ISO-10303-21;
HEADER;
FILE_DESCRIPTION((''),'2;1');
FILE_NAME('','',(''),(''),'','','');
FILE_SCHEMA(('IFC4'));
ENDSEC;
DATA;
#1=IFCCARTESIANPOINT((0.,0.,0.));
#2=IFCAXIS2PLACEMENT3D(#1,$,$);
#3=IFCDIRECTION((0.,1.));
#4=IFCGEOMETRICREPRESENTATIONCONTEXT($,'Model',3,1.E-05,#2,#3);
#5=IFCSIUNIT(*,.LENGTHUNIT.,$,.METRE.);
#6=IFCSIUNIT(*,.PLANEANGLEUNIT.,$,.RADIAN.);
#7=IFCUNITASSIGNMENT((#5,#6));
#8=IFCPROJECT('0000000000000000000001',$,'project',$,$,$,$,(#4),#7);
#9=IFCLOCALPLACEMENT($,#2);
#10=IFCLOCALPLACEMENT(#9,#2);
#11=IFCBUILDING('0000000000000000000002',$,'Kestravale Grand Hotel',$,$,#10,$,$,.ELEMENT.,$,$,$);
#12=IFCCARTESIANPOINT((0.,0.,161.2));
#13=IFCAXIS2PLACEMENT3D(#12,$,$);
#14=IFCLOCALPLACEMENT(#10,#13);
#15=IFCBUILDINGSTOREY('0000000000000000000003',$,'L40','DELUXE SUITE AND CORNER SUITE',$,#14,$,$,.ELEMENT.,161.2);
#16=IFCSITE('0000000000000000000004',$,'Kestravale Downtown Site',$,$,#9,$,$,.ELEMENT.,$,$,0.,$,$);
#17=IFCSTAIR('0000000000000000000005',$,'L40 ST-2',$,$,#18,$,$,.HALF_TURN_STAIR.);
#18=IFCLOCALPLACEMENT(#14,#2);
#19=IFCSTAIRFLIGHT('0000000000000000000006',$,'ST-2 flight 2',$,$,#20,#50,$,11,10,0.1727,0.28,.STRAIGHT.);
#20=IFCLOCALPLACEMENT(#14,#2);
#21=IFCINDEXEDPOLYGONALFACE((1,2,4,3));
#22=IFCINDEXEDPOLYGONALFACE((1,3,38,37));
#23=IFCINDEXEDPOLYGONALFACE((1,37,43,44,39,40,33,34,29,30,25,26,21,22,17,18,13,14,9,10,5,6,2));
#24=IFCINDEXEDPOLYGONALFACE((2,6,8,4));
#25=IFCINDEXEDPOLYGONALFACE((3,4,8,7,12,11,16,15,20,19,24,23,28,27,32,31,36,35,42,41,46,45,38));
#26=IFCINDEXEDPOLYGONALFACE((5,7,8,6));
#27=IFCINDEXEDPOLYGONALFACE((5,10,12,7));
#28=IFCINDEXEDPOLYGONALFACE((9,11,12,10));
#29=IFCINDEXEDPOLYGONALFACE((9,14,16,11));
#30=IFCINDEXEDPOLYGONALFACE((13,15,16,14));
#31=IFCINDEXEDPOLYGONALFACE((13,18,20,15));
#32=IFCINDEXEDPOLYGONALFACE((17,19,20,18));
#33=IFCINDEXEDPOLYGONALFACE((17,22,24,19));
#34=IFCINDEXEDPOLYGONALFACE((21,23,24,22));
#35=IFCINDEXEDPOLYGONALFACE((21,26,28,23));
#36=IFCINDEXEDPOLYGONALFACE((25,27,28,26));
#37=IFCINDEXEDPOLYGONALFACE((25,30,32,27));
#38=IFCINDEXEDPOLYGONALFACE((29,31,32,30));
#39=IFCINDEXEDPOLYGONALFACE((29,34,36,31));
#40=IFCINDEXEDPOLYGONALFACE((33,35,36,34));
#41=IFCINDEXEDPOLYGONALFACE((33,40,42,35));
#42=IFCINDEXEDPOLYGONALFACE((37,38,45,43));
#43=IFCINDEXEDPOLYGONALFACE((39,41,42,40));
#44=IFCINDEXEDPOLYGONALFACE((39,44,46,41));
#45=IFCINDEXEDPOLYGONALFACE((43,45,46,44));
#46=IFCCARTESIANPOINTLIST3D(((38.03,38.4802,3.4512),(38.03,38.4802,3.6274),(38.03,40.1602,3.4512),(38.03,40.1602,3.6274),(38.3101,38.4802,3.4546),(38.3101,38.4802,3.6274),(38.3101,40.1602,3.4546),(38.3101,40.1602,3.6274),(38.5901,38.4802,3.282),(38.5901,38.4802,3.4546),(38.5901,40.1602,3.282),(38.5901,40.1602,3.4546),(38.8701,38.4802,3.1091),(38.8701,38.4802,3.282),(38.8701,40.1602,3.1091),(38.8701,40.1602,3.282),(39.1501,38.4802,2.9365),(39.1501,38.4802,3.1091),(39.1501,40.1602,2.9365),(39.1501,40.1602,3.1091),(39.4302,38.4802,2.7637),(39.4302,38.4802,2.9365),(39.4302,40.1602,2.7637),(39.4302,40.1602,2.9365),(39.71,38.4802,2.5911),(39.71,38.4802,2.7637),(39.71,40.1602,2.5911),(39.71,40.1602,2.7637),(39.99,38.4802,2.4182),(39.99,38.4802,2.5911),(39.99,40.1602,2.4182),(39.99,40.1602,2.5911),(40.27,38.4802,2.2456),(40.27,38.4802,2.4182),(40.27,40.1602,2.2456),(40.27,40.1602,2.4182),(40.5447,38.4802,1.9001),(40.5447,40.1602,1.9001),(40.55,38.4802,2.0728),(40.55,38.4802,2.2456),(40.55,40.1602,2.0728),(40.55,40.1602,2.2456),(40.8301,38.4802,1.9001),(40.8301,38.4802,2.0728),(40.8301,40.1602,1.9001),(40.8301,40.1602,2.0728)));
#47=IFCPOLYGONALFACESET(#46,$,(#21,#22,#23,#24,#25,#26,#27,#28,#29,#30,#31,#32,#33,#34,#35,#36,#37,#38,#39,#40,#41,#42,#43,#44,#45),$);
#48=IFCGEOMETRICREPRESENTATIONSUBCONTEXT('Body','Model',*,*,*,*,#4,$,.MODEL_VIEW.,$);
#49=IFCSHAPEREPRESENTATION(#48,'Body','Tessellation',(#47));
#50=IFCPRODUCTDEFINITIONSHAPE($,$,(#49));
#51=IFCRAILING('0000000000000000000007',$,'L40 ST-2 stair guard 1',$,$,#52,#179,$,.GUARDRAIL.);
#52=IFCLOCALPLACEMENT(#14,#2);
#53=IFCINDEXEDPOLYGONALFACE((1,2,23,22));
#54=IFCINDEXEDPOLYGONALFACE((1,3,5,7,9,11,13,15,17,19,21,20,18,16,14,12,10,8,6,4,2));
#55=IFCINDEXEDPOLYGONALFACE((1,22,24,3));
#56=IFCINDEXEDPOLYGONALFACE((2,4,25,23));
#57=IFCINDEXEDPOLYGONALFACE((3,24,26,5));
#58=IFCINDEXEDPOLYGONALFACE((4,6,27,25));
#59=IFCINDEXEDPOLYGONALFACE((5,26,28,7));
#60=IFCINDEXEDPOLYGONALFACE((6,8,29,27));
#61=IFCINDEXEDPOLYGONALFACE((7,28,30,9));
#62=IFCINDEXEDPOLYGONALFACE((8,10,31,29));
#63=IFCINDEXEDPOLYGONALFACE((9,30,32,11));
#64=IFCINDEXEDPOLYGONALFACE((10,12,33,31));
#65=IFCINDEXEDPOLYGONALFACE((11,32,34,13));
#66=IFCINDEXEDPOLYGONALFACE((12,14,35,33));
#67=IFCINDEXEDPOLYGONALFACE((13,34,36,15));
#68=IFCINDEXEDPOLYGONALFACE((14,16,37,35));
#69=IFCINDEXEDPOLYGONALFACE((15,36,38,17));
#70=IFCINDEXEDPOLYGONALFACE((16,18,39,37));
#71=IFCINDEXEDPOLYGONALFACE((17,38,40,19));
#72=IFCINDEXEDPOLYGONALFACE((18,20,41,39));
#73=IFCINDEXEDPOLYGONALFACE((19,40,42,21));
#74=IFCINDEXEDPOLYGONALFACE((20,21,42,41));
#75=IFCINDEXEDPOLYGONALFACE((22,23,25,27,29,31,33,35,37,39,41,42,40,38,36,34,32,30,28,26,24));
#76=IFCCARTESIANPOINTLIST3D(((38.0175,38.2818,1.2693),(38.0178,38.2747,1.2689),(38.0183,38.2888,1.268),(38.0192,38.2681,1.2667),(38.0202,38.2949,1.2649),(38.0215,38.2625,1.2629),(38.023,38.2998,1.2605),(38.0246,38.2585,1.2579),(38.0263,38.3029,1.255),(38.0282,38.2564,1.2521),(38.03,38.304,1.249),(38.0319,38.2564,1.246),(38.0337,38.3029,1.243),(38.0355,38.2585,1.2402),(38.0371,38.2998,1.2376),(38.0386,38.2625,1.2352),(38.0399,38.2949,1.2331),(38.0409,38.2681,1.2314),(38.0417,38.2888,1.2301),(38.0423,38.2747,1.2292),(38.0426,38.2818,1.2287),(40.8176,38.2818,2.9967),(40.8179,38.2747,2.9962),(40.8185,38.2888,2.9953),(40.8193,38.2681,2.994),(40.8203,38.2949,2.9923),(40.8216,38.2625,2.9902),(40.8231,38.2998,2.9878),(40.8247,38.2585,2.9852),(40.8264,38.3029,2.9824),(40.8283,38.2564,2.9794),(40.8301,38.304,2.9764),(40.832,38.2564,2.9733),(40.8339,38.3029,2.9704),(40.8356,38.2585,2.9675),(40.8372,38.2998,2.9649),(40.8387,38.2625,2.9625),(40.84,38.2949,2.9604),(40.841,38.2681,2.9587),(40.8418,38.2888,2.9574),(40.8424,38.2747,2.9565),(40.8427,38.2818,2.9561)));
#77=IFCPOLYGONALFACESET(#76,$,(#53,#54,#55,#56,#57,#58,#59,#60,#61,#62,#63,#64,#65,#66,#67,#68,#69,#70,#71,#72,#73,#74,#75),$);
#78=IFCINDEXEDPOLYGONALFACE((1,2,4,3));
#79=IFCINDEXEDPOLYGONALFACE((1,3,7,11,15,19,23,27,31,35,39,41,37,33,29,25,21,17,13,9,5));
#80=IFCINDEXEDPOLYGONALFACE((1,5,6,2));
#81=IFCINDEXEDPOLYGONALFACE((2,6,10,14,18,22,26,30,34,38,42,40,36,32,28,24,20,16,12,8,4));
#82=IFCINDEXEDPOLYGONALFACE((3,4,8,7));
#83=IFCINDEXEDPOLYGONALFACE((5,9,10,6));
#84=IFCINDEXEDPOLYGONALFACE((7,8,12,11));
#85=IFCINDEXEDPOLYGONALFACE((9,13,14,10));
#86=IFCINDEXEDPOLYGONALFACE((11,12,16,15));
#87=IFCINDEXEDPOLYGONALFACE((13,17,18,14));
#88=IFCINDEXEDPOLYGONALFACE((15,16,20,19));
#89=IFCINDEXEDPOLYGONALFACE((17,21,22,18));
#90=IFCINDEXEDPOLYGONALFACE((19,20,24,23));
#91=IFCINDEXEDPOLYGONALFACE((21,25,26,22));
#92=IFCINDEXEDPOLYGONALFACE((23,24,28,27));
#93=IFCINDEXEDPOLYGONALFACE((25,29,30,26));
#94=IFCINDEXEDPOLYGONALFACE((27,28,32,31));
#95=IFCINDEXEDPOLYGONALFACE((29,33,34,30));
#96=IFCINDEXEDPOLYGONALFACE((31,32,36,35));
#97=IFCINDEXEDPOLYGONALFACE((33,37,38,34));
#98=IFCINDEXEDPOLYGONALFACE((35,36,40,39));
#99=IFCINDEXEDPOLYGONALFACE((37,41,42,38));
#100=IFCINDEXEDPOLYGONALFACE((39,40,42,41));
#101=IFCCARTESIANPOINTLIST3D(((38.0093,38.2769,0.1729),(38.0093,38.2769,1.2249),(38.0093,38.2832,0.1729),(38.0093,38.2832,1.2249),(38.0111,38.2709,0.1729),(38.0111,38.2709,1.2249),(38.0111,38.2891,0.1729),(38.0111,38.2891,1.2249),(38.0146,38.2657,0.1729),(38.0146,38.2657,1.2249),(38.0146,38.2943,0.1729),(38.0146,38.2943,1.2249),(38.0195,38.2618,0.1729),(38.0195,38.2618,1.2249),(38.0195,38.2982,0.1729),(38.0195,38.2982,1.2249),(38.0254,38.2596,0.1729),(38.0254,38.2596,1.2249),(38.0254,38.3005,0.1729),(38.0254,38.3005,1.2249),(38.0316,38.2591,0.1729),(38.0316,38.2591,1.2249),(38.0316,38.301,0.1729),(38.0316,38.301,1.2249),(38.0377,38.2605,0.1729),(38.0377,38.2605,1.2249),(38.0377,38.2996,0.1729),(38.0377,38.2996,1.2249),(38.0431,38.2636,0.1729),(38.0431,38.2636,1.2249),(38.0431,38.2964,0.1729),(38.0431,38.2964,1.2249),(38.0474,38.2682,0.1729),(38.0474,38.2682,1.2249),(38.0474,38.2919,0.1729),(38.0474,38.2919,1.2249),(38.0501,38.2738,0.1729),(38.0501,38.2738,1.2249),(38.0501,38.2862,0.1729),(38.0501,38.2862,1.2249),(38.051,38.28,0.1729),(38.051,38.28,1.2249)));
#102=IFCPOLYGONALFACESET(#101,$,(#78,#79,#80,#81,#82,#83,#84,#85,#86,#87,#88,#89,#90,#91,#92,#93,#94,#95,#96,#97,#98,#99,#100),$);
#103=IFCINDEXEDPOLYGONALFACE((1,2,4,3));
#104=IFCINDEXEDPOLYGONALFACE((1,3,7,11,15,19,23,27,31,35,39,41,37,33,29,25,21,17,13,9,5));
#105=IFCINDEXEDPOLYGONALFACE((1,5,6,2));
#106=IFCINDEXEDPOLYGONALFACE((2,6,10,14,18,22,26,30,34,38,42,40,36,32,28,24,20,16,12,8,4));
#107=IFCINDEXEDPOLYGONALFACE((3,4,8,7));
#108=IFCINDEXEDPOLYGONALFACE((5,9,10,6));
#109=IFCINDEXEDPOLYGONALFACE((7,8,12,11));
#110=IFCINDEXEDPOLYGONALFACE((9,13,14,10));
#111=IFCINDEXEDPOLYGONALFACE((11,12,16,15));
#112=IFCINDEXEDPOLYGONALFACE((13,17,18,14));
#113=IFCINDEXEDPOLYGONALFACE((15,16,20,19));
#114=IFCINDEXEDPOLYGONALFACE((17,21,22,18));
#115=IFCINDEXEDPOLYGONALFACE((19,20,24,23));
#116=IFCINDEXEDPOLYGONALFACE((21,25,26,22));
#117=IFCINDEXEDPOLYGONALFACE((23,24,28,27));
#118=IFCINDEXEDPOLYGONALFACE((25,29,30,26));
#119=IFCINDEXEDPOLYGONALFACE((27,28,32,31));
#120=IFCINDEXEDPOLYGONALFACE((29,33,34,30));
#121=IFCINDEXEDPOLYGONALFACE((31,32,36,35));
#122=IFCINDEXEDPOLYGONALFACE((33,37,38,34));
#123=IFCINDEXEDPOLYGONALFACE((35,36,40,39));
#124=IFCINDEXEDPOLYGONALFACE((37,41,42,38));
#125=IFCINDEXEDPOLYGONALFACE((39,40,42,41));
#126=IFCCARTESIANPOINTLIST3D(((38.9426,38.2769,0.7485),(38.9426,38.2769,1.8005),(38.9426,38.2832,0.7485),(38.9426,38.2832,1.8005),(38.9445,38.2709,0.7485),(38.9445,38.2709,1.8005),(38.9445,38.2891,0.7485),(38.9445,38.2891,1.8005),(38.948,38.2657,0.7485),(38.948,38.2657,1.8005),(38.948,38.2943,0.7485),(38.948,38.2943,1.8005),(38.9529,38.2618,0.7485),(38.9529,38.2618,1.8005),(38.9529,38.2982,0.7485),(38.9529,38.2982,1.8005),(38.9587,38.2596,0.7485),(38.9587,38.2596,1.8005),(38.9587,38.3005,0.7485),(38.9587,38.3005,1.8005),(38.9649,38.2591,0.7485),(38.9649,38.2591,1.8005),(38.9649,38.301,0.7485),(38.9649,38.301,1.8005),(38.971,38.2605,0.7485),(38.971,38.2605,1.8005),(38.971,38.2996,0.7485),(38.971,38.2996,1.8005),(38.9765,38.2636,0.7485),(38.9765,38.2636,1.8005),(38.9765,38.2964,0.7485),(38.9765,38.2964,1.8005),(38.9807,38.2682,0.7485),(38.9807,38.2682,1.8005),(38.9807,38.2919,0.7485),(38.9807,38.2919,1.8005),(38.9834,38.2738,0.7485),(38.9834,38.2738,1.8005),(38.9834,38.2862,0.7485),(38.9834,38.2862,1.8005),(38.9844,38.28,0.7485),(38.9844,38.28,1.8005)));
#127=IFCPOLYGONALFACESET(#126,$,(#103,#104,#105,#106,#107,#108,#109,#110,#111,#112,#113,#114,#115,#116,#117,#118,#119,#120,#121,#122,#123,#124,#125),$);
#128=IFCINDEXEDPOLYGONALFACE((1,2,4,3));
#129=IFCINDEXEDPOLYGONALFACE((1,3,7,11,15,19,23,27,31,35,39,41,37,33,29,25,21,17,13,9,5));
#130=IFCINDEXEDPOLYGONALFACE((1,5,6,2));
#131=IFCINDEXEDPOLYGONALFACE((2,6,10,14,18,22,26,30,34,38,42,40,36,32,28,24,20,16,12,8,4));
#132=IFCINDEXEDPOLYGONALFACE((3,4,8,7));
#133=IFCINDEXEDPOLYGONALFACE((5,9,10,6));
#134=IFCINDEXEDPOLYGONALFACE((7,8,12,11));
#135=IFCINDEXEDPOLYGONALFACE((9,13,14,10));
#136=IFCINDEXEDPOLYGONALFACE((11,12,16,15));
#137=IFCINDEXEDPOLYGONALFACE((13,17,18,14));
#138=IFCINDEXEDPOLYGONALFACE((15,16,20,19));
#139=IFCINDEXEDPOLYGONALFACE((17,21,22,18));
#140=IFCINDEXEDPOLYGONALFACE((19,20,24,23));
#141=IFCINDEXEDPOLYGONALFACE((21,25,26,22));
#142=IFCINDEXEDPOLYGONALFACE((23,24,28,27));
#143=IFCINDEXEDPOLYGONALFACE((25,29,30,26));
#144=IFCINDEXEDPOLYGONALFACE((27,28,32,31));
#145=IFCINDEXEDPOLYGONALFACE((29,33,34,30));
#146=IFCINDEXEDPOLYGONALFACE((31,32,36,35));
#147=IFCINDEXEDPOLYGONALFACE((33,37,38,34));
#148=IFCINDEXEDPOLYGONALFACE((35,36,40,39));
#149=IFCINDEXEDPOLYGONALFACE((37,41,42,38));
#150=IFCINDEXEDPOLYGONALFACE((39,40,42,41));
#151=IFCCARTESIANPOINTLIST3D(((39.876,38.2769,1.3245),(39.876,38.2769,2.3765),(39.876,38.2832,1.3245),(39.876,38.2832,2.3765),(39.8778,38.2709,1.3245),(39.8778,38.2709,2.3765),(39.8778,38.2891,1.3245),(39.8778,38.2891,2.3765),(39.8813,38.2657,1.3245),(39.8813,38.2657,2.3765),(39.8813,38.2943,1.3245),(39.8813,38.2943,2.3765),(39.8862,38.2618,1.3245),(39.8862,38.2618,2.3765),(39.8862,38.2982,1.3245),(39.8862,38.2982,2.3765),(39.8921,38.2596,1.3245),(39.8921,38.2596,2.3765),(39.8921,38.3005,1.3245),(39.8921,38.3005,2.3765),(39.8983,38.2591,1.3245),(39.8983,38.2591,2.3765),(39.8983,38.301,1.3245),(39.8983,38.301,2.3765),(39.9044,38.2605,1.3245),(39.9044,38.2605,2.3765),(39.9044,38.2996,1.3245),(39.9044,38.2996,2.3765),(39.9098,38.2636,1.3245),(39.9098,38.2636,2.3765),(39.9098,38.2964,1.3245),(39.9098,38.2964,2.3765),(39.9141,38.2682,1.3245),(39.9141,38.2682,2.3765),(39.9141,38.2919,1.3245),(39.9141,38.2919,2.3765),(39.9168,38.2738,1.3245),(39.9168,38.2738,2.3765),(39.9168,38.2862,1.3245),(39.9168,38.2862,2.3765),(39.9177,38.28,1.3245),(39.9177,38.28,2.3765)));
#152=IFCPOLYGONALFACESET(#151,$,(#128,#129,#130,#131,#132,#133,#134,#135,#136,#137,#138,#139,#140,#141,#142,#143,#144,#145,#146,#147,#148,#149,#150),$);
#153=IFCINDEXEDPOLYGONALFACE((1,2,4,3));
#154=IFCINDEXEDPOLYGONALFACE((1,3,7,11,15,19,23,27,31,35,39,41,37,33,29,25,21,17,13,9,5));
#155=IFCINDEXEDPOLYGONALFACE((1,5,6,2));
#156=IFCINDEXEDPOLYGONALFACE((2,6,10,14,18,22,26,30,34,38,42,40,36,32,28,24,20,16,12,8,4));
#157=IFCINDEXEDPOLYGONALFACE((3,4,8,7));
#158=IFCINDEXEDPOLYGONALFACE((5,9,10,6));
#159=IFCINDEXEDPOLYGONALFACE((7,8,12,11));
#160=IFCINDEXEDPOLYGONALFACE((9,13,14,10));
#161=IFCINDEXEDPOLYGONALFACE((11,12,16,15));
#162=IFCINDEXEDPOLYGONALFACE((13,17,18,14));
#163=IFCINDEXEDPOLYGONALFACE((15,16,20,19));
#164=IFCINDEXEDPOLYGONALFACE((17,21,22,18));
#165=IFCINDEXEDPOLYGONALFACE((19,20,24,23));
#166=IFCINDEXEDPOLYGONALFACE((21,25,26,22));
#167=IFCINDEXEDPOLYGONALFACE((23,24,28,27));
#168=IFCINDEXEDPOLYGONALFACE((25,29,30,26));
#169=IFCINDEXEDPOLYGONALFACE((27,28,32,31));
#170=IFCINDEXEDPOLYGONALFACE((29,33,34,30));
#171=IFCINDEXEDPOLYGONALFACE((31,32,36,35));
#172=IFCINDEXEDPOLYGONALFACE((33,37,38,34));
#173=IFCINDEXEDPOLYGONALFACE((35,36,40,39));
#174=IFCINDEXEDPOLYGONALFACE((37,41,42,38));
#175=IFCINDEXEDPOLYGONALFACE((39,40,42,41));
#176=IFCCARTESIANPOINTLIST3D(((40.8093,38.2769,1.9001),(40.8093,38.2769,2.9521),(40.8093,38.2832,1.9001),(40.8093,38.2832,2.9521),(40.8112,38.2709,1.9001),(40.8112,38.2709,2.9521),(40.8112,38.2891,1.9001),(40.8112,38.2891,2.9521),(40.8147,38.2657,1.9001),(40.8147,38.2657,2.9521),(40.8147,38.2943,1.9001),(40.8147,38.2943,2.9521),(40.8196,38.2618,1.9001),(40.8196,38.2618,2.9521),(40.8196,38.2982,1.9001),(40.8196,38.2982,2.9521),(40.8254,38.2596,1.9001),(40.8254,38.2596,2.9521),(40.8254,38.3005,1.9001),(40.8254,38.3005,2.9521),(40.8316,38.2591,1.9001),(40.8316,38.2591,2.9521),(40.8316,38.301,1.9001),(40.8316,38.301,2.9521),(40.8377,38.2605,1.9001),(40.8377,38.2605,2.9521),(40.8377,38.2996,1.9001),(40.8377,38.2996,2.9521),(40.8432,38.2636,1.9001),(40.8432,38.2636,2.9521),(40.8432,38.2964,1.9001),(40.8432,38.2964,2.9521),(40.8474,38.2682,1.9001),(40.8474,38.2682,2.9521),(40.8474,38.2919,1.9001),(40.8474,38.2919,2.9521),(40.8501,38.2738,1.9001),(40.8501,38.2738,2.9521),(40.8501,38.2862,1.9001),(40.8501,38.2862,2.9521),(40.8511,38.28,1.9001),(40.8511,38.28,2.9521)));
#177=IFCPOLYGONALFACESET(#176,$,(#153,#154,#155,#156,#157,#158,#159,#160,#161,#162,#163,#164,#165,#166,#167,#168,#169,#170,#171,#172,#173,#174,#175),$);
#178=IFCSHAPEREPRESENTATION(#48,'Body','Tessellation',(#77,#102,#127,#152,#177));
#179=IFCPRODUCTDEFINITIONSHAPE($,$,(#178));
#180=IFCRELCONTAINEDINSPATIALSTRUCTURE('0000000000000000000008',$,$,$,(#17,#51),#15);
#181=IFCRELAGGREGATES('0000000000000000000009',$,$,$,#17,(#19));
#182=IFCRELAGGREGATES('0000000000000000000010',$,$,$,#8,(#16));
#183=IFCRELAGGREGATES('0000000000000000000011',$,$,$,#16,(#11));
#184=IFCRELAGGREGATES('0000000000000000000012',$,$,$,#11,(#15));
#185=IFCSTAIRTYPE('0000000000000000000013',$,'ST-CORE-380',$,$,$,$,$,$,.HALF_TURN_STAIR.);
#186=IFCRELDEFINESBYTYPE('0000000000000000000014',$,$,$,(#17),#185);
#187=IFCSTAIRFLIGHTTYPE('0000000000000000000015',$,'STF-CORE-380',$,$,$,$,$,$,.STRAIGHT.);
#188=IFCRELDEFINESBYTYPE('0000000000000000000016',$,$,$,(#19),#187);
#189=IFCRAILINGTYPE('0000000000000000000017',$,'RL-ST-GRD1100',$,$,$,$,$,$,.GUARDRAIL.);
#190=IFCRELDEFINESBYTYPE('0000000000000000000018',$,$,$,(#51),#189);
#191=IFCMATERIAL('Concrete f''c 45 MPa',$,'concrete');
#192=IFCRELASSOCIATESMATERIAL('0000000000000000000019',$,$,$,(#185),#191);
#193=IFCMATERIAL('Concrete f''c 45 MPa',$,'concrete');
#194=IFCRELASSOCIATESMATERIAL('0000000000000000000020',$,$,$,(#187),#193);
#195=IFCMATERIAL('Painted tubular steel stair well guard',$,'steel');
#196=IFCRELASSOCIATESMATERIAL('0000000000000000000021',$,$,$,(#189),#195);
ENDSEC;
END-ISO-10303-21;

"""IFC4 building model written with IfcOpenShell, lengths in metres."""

from ifc_helpers import new_model, si_unit, direction, frame, origin, origin_2d, place, context, subcontext, project, spatial, polyline, circle, outline, extrude, material, type_object, element, aggregate, save


model = new_model("IFC4")

# Units and contexts
model_context = context("Model", 3, precision=1e-05, world=origin(), true_north=direction((0.0, 1.0)))
body_context = subcontext(model_context, "Body", "Model", "MODEL_VIEW")
ifc_project = project(units=[si_unit("LENGTHUNIT", "METRE"), si_unit("PLANEANGLEUNIT", "RADIAN")], contexts=[model_context])

# Site, building, storey
site_placement = place(None, origin())
site = spatial("IfcSite", under=ifc_project, at=site_placement, Name="Kestravale Downtown Site", CompositionType="ELEMENT", RefElevation=0.0)
building_placement = place(site_placement, origin())
building = spatial("IfcBuilding", under=site, at=building_placement, Name="Kestravale Grand Hotel", CompositionType="ELEMENT")
storey_placement = place(building_placement, frame((0.0, 0.0, 161.2)))
storey = spatial("IfcBuildingStorey", under=building, at=storey_placement, Name="L40", Description="DELUXE SUITE AND CORNER SUITE", CompositionType="ELEMENT", Elevation=161.2)

# Stair, stair flight
ifc_material_1 = material(Name="Concrete f'c 45 MPa", Category="concrete")
stair_type = type_object("IfcStairType", Name="ST-CORE-380", PredefinedType="HALF_TURN_STAIR", material=ifc_material_1)
stair_placement = place(storey_placement, origin())
stair = element("IfcStair", 1, at=stair_placement, inside=storey, type_object=stair_type, Name="L40 ST-2", PredefinedType="HALF_TURN_STAIR")
ifc_material_2 = material(Name="Concrete f'c 45 MPa", Category="concrete")
stair_flight_type = type_object("IfcStairFlightType", Name="STF-CORE-380", PredefinedType="STRAIGHT", material=ifc_material_2)
stair_flight_1_placement = place(storey_placement, frame((40.8301, 39.3201, 1.9001), z_axis=(0.0, 0.0, 1.0), x_axis=(-1.0, 0.0, 0.0)))
stair_flight_1 = element("IfcStairFlight", 2, at=stair_flight_1_placement, type_object=stair_flight_type, Name="ST-2 flight 2", NumberOfRisers=11, NumberOfTreads=10, PredefinedType="STRAIGHT", RiserHeight=0.1727, TreadLength=0.28, context=body_context, shape_type="SweptSolid", body=[
    extrude(outline(polyline([(0.0, 0.0), (0.0, 0.1726), (0.28, 0.1726), (0.28, 0.3455), (0.5601, 0.3455), (0.5601, 0.5181), (0.8401, 0.5181), (0.8401, 0.6909), (1.1201, 0.6909), (1.1201, 0.8635), (1.3999, 0.8635), (1.3999, 1.0364), (1.6799, 1.0364), (1.6799, 1.209), (1.96, 1.209), (1.96, 1.3818), (2.24, 1.3818), (2.24, 1.5544), (2.52, 1.5544), (2.52, 1.7273), (2.8, 1.7273), (2.8, 1.8999), (2.8, 1.551), (0.2854, 0.0), (0.0, 0.0)])), frame((0.0, 0.8398, 0.0), z_axis=(0.0, -1.0, 0.0), x_axis=(1.0, 0.0, 0.0)), (0.0, 0.0, 1.0), 1.6799),
])
aggregate(stair, [stair_flight_1])

# Railing
ifc_material_3 = material(Name="Painted tubular steel stair well guard", Category="steel")
railing_type_1 = type_object("IfcRailingType", Name="RL-ST-GRD1100", PredefinedType="GUARDRAIL", material=ifc_material_3)
railing_1_placement = place(storey_placement, frame((38.03, 38.28, 0.1729)))
element("IfcRailing", 3, at=railing_1_placement, inside=storey, type_object=railing_type_1, Name="L40 ST-2 stair guard 1", PredefinedType="GUARDRAIL", context=body_context, shape_type="SweptSolid", body=[
    extrude(circle(Radius=0.0239, at=origin_2d()), frame((0.0, 0.0, 1.0762), z_axis=(0.85109, 0.0, 0.52502), x_axis=(0.0, 1.0, 0.0)), (0.0, 0.0, 1.0), 3.29),
    extrude(circle(Radius=0.021, at=origin_2d()), origin(), (0.0, 0.0, 1.0), 1.052),
    extrude(circle(Radius=0.021, at=origin_2d()), frame((0.9333, 0.0, 0.5757)), (0.0, 0.0, 1.0), 1.052),
    extrude(circle(Radius=0.021, at=origin_2d()), frame((1.8667, 0.0, 1.1516)), (0.0, 0.0, 1.0), 1.052),
    extrude(circle(Radius=0.021, at=origin_2d()), frame((2.8, 0.0, 1.7273)), (0.0, 0.0, 1.0), 1.052),
])

save(model, "model.ifc")
